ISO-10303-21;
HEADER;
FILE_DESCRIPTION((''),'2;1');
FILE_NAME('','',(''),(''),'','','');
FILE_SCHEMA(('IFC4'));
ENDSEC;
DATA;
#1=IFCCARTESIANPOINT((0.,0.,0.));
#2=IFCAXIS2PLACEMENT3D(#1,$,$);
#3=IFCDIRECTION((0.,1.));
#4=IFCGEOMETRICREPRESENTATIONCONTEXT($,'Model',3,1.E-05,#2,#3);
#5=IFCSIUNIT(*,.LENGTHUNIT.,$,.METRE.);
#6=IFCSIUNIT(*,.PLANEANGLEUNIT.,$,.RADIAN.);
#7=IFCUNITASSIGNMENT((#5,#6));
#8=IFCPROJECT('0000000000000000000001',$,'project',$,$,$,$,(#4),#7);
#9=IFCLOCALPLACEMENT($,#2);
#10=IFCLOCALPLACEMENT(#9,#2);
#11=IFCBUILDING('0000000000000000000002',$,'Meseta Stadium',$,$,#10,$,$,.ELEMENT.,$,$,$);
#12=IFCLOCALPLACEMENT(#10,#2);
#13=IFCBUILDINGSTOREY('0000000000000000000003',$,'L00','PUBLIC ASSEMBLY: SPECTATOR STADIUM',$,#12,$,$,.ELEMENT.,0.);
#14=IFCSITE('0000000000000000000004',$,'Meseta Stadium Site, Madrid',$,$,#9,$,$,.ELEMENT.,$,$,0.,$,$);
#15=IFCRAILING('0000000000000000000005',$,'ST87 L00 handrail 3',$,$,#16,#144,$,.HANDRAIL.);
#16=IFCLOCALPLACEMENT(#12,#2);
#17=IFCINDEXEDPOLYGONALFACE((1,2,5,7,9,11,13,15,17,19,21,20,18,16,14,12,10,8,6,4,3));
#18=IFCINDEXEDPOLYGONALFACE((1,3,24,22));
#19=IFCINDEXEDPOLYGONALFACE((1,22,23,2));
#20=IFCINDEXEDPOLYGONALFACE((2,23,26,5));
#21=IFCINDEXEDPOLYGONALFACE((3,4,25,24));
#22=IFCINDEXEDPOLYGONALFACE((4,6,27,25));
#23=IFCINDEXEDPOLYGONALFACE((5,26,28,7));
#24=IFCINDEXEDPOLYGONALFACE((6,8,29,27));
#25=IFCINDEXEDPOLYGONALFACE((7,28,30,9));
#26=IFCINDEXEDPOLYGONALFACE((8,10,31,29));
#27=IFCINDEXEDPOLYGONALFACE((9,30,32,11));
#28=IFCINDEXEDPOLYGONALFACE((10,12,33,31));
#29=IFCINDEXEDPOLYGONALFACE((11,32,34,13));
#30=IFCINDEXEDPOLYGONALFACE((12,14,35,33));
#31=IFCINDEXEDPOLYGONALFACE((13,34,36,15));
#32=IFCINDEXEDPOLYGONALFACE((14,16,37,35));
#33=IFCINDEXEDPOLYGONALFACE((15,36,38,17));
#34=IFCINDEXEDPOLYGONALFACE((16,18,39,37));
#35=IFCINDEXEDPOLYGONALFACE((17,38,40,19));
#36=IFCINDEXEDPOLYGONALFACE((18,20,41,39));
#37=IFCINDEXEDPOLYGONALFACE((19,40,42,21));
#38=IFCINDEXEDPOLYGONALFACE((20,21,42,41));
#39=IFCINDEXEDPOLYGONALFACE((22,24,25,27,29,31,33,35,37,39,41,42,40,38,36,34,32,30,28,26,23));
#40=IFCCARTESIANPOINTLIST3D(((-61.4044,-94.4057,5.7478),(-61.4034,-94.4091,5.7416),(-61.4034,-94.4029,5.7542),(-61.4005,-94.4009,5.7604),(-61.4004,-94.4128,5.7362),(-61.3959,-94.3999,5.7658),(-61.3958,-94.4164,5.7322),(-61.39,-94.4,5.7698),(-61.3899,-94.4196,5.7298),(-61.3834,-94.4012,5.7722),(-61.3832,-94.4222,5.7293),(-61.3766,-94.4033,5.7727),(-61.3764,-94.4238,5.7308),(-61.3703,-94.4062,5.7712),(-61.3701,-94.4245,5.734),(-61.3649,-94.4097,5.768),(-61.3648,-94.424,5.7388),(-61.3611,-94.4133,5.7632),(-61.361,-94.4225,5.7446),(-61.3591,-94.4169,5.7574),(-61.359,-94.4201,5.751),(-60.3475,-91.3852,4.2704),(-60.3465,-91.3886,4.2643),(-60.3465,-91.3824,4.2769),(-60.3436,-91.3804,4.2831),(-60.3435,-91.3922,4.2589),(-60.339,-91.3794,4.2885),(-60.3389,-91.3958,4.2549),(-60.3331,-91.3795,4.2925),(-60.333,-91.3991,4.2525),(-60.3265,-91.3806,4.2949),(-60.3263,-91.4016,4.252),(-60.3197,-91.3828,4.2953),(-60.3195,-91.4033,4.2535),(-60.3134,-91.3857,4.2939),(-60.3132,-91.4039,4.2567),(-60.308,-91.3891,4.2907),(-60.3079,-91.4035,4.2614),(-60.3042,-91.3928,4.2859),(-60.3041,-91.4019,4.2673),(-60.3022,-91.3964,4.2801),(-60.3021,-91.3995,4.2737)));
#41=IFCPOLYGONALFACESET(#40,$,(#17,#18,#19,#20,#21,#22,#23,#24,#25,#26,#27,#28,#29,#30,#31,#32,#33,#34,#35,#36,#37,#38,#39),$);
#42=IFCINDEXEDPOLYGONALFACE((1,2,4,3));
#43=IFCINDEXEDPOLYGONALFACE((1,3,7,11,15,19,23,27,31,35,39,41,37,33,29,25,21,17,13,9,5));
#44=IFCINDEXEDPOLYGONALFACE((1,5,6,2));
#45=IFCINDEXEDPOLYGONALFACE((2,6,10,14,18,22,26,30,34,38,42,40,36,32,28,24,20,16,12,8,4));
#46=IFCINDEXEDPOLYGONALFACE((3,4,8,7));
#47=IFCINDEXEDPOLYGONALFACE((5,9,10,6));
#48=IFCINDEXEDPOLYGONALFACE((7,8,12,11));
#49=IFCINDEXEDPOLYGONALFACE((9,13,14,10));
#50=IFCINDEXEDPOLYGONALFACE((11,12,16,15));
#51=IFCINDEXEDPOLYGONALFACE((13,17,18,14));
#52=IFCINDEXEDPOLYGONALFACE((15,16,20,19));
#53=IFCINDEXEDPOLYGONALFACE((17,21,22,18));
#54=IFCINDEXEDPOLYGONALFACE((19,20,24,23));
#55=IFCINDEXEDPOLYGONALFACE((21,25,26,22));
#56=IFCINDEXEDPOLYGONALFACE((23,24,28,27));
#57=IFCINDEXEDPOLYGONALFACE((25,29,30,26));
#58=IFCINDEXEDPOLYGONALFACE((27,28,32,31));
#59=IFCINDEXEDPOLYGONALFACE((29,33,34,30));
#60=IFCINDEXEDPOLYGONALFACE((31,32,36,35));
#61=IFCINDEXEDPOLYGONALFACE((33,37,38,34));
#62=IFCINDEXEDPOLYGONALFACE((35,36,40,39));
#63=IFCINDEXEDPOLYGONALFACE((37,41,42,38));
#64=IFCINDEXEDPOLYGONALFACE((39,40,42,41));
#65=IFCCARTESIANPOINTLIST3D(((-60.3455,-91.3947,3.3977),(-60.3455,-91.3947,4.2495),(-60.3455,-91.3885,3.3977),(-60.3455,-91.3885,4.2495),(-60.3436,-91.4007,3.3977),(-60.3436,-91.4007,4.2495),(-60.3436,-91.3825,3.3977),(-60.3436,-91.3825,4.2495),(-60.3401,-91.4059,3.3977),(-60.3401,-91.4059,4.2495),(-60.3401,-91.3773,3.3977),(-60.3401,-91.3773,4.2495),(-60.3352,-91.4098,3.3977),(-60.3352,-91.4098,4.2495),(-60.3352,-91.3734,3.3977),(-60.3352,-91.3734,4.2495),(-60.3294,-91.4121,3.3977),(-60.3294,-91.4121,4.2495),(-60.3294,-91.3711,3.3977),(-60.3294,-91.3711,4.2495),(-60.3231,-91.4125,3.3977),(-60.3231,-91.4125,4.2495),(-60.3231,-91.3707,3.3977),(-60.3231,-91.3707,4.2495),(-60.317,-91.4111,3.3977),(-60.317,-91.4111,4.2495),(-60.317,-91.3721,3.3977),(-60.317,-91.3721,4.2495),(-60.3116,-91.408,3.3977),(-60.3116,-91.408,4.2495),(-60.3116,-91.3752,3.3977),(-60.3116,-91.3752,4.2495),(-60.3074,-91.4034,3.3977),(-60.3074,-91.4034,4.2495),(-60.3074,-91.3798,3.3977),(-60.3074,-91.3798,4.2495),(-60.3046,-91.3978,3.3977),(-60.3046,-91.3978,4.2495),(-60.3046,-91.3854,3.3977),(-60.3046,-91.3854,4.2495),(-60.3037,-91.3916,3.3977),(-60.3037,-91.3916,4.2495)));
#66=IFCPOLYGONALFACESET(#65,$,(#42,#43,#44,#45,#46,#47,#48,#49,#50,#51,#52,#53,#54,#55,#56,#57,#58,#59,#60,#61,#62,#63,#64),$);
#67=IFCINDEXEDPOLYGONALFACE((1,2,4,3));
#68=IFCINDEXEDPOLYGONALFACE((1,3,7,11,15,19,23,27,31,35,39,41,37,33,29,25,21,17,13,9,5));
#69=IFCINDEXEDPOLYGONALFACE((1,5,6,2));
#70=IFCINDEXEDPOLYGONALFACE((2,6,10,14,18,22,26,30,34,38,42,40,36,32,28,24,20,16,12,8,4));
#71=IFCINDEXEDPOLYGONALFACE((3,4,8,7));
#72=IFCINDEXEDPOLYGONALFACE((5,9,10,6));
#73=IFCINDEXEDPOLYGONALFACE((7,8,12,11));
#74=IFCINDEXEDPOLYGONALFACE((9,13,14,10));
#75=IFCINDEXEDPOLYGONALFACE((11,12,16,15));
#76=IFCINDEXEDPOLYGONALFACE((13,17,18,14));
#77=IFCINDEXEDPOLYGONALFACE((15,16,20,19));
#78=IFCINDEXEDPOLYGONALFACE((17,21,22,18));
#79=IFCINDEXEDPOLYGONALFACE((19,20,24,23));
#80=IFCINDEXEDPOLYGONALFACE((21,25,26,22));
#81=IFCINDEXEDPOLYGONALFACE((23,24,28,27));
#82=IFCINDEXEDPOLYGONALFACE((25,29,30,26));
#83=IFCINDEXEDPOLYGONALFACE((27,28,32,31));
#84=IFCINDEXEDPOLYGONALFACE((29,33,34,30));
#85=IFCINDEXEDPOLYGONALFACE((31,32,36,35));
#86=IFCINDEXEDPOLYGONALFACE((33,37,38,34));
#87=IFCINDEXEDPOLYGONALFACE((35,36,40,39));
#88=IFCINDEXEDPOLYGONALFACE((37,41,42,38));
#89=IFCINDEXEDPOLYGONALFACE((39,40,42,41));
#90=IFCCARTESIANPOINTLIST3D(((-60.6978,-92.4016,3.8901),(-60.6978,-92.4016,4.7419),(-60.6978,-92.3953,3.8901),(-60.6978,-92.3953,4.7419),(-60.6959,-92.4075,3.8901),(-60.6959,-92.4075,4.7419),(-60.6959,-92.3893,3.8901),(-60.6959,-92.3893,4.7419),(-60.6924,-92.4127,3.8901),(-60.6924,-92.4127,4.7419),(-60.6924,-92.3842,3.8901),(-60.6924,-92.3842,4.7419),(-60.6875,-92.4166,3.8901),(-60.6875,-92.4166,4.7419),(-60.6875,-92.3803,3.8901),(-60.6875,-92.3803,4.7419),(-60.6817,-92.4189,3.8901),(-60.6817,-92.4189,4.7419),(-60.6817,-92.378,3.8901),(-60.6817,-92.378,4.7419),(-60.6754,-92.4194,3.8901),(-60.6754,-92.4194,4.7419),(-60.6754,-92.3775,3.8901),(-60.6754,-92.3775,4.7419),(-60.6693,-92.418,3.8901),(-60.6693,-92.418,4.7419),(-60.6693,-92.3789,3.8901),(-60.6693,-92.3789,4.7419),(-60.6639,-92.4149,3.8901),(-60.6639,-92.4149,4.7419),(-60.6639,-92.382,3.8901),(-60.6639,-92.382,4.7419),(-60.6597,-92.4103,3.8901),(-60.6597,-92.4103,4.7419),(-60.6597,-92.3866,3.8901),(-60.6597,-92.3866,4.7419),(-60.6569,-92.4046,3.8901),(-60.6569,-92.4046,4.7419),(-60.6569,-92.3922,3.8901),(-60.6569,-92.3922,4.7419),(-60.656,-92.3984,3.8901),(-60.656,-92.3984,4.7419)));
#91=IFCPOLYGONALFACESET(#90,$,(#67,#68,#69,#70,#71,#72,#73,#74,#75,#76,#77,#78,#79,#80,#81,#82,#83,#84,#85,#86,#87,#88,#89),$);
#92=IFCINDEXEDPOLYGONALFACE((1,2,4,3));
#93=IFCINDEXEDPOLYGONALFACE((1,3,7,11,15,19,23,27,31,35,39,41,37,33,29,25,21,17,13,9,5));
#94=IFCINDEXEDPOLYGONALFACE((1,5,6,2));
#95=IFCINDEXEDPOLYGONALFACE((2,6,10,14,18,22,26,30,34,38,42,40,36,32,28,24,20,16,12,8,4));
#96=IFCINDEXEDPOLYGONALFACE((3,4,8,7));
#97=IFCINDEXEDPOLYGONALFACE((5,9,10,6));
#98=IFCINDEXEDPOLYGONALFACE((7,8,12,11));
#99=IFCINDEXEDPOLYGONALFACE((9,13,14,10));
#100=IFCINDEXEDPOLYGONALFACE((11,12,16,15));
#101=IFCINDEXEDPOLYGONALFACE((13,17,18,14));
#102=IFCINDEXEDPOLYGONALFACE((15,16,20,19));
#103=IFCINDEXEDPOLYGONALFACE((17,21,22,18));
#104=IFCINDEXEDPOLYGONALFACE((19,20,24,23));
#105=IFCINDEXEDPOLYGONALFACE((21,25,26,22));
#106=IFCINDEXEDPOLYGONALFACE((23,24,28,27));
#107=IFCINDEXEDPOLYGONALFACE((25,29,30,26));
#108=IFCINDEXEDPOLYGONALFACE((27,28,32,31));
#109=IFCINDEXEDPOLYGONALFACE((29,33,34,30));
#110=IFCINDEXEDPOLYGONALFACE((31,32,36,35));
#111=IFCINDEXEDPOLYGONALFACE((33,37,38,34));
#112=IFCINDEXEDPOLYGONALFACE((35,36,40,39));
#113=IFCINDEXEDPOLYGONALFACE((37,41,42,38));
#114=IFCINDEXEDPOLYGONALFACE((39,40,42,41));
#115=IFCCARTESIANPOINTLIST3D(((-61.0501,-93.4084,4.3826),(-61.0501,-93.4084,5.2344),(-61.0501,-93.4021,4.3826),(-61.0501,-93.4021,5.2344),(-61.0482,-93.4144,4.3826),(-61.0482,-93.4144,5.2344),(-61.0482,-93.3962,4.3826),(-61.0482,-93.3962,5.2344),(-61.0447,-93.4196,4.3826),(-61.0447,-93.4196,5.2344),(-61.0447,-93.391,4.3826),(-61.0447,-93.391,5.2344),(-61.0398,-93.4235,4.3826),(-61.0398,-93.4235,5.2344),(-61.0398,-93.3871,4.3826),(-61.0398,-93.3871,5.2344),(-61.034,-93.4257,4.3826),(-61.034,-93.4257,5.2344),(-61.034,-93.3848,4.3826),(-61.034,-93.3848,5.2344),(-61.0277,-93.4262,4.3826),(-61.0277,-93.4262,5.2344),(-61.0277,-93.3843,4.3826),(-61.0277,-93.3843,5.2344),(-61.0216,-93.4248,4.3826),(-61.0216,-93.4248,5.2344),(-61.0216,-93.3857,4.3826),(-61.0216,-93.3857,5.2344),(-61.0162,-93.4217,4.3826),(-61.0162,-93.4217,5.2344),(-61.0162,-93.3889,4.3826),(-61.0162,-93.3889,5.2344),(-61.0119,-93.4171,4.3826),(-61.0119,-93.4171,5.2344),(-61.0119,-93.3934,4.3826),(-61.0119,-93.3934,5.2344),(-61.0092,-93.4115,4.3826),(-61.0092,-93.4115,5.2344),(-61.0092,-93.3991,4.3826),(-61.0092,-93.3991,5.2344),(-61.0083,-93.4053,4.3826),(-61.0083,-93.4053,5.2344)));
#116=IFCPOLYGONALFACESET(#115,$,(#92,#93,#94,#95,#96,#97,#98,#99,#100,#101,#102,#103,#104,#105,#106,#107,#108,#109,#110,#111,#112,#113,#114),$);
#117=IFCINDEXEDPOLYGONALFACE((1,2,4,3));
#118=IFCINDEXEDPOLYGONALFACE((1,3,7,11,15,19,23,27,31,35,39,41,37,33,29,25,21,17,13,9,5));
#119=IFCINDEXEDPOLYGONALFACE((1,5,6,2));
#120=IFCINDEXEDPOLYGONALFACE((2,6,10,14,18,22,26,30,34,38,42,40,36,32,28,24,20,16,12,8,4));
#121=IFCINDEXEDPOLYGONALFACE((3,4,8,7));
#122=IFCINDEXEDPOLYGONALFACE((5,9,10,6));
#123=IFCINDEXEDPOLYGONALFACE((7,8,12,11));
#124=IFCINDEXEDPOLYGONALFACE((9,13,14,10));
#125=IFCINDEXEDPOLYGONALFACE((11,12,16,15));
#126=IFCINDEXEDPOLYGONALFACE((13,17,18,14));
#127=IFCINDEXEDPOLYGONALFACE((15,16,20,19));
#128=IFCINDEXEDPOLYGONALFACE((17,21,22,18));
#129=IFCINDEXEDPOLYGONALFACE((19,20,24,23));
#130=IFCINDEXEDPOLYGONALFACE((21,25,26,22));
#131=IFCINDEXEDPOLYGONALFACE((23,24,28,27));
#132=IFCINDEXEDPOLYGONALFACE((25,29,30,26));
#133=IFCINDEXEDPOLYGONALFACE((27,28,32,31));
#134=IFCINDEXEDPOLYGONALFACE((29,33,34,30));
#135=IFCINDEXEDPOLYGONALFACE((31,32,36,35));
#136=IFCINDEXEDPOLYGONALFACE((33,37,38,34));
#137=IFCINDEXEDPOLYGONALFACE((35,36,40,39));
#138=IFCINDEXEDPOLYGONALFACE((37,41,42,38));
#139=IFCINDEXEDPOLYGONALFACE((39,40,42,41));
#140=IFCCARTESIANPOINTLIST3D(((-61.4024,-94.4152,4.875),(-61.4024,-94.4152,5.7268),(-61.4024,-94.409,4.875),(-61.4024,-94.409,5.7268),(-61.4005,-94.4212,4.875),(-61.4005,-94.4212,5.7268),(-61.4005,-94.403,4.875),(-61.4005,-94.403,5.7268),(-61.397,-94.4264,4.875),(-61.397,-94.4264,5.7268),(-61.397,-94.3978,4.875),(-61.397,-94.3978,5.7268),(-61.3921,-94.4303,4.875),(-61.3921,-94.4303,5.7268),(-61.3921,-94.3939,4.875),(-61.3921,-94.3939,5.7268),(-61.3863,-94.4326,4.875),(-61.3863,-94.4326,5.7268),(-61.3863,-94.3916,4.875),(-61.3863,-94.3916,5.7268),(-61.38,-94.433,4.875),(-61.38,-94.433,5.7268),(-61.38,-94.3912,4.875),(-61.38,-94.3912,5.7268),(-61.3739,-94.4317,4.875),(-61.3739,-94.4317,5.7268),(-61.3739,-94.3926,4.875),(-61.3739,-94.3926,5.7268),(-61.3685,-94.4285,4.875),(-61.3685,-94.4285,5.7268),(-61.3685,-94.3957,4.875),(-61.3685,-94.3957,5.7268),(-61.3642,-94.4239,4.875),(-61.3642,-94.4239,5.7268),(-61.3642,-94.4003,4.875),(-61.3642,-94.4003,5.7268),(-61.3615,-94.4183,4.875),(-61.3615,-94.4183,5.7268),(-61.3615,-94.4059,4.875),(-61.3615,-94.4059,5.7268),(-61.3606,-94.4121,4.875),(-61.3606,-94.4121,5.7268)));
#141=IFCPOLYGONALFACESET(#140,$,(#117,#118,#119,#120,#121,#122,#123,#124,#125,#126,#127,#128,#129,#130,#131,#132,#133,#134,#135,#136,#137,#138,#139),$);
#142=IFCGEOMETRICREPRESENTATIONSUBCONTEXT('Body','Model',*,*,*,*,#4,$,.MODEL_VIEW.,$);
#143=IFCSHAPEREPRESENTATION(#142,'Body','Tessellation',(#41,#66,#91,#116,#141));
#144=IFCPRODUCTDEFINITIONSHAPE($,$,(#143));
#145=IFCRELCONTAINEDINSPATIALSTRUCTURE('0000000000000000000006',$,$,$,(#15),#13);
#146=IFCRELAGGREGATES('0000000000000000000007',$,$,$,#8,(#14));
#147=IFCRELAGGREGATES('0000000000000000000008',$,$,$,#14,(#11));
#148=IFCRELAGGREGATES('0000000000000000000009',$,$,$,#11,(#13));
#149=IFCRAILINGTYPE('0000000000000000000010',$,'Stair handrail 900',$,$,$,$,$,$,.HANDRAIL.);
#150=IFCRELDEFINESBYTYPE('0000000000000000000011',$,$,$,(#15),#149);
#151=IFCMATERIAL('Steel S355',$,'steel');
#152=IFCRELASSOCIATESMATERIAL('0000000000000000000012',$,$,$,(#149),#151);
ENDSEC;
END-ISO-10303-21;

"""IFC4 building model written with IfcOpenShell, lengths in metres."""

from ifc_helpers import new_model, si_unit, direction, frame, origin, origin_2d, place, context, subcontext, project, spatial, circle, extrude, material, type_object, element, save


model = new_model("IFC4")

# Units and contexts
model_context = context("Model", 3, precision=1e-05, world=origin(), true_north=direction((0.0, 1.0)))
body_context = subcontext(model_context, "Body", "Model", "MODEL_VIEW")
ifc_project = project(units=[si_unit("LENGTHUNIT", "METRE"), si_unit("PLANEANGLEUNIT", "RADIAN")], contexts=[model_context])

# Site, building, storey
site_placement = place(None, origin())
site = spatial("IfcSite", under=ifc_project, at=site_placement, Name="Meseta Stadium Site, Madrid", CompositionType="ELEMENT", RefElevation=0.0)
building_placement = place(site_placement, origin())
building = spatial("IfcBuilding", under=site, at=building_placement, Name="Meseta Stadium", CompositionType="ELEMENT")
storey_placement = place(building_placement, origin())
storey = spatial("IfcBuildingStorey", under=building, at=storey_placement, Name="L00", Description="PUBLIC ASSEMBLY: SPECTATOR STADIUM", CompositionType="ELEMENT", Elevation=0.0)

# Railing
ifc_material_1 = material(Name="Steel S355", Category="steel")
railing_type_1 = type_object("IfcRailingType", Name="Stair handrail 900", PredefinedType="HANDRAIL", material=ifc_material_1)
for number, where, name in (
    (1, (-60.3247, -91.3916, 3.3977), "ST87 L00 handrail 3"),
):
    element("IfcRailing", number, at=place(storey_placement, frame(where)), inside=storey, type_object=railing_type_1, Name=name, PredefinedType="HANDRAIL", context=body_context, shape_type="SweptSolid", body=[
        extrude(circle(Radius=0.0239, at=origin_2d()), frame((0.0, 0.0, 0.876), z_axis=(-0.299859, -0.856977, 0.419137), x_axis=(0.943887, -0.330269, 0.0)), (0.0, 0.0, 1.0), 3.5247),
        extrude(circle(Radius=0.021, at=origin_2d()), origin(), (0.0, 0.0, 1.0), 0.8518),
        extrude(circle(Radius=0.021, at=origin_2d()), frame((-0.3523, -1.0068, 0.4924)), (0.0, 0.0, 1.0), 0.8518),
        extrude(circle(Radius=0.021, at=origin_2d()), frame((-0.7046, -2.0137, 0.9849)), (0.0, 0.0, 1.0), 0.8518),
        extrude(circle(Radius=0.021, at=origin_2d()), frame((-1.0569, -3.0205, 1.4773)), (0.0, 0.0, 1.0), 0.8518),
    ])

save(model, "model.ifc")
